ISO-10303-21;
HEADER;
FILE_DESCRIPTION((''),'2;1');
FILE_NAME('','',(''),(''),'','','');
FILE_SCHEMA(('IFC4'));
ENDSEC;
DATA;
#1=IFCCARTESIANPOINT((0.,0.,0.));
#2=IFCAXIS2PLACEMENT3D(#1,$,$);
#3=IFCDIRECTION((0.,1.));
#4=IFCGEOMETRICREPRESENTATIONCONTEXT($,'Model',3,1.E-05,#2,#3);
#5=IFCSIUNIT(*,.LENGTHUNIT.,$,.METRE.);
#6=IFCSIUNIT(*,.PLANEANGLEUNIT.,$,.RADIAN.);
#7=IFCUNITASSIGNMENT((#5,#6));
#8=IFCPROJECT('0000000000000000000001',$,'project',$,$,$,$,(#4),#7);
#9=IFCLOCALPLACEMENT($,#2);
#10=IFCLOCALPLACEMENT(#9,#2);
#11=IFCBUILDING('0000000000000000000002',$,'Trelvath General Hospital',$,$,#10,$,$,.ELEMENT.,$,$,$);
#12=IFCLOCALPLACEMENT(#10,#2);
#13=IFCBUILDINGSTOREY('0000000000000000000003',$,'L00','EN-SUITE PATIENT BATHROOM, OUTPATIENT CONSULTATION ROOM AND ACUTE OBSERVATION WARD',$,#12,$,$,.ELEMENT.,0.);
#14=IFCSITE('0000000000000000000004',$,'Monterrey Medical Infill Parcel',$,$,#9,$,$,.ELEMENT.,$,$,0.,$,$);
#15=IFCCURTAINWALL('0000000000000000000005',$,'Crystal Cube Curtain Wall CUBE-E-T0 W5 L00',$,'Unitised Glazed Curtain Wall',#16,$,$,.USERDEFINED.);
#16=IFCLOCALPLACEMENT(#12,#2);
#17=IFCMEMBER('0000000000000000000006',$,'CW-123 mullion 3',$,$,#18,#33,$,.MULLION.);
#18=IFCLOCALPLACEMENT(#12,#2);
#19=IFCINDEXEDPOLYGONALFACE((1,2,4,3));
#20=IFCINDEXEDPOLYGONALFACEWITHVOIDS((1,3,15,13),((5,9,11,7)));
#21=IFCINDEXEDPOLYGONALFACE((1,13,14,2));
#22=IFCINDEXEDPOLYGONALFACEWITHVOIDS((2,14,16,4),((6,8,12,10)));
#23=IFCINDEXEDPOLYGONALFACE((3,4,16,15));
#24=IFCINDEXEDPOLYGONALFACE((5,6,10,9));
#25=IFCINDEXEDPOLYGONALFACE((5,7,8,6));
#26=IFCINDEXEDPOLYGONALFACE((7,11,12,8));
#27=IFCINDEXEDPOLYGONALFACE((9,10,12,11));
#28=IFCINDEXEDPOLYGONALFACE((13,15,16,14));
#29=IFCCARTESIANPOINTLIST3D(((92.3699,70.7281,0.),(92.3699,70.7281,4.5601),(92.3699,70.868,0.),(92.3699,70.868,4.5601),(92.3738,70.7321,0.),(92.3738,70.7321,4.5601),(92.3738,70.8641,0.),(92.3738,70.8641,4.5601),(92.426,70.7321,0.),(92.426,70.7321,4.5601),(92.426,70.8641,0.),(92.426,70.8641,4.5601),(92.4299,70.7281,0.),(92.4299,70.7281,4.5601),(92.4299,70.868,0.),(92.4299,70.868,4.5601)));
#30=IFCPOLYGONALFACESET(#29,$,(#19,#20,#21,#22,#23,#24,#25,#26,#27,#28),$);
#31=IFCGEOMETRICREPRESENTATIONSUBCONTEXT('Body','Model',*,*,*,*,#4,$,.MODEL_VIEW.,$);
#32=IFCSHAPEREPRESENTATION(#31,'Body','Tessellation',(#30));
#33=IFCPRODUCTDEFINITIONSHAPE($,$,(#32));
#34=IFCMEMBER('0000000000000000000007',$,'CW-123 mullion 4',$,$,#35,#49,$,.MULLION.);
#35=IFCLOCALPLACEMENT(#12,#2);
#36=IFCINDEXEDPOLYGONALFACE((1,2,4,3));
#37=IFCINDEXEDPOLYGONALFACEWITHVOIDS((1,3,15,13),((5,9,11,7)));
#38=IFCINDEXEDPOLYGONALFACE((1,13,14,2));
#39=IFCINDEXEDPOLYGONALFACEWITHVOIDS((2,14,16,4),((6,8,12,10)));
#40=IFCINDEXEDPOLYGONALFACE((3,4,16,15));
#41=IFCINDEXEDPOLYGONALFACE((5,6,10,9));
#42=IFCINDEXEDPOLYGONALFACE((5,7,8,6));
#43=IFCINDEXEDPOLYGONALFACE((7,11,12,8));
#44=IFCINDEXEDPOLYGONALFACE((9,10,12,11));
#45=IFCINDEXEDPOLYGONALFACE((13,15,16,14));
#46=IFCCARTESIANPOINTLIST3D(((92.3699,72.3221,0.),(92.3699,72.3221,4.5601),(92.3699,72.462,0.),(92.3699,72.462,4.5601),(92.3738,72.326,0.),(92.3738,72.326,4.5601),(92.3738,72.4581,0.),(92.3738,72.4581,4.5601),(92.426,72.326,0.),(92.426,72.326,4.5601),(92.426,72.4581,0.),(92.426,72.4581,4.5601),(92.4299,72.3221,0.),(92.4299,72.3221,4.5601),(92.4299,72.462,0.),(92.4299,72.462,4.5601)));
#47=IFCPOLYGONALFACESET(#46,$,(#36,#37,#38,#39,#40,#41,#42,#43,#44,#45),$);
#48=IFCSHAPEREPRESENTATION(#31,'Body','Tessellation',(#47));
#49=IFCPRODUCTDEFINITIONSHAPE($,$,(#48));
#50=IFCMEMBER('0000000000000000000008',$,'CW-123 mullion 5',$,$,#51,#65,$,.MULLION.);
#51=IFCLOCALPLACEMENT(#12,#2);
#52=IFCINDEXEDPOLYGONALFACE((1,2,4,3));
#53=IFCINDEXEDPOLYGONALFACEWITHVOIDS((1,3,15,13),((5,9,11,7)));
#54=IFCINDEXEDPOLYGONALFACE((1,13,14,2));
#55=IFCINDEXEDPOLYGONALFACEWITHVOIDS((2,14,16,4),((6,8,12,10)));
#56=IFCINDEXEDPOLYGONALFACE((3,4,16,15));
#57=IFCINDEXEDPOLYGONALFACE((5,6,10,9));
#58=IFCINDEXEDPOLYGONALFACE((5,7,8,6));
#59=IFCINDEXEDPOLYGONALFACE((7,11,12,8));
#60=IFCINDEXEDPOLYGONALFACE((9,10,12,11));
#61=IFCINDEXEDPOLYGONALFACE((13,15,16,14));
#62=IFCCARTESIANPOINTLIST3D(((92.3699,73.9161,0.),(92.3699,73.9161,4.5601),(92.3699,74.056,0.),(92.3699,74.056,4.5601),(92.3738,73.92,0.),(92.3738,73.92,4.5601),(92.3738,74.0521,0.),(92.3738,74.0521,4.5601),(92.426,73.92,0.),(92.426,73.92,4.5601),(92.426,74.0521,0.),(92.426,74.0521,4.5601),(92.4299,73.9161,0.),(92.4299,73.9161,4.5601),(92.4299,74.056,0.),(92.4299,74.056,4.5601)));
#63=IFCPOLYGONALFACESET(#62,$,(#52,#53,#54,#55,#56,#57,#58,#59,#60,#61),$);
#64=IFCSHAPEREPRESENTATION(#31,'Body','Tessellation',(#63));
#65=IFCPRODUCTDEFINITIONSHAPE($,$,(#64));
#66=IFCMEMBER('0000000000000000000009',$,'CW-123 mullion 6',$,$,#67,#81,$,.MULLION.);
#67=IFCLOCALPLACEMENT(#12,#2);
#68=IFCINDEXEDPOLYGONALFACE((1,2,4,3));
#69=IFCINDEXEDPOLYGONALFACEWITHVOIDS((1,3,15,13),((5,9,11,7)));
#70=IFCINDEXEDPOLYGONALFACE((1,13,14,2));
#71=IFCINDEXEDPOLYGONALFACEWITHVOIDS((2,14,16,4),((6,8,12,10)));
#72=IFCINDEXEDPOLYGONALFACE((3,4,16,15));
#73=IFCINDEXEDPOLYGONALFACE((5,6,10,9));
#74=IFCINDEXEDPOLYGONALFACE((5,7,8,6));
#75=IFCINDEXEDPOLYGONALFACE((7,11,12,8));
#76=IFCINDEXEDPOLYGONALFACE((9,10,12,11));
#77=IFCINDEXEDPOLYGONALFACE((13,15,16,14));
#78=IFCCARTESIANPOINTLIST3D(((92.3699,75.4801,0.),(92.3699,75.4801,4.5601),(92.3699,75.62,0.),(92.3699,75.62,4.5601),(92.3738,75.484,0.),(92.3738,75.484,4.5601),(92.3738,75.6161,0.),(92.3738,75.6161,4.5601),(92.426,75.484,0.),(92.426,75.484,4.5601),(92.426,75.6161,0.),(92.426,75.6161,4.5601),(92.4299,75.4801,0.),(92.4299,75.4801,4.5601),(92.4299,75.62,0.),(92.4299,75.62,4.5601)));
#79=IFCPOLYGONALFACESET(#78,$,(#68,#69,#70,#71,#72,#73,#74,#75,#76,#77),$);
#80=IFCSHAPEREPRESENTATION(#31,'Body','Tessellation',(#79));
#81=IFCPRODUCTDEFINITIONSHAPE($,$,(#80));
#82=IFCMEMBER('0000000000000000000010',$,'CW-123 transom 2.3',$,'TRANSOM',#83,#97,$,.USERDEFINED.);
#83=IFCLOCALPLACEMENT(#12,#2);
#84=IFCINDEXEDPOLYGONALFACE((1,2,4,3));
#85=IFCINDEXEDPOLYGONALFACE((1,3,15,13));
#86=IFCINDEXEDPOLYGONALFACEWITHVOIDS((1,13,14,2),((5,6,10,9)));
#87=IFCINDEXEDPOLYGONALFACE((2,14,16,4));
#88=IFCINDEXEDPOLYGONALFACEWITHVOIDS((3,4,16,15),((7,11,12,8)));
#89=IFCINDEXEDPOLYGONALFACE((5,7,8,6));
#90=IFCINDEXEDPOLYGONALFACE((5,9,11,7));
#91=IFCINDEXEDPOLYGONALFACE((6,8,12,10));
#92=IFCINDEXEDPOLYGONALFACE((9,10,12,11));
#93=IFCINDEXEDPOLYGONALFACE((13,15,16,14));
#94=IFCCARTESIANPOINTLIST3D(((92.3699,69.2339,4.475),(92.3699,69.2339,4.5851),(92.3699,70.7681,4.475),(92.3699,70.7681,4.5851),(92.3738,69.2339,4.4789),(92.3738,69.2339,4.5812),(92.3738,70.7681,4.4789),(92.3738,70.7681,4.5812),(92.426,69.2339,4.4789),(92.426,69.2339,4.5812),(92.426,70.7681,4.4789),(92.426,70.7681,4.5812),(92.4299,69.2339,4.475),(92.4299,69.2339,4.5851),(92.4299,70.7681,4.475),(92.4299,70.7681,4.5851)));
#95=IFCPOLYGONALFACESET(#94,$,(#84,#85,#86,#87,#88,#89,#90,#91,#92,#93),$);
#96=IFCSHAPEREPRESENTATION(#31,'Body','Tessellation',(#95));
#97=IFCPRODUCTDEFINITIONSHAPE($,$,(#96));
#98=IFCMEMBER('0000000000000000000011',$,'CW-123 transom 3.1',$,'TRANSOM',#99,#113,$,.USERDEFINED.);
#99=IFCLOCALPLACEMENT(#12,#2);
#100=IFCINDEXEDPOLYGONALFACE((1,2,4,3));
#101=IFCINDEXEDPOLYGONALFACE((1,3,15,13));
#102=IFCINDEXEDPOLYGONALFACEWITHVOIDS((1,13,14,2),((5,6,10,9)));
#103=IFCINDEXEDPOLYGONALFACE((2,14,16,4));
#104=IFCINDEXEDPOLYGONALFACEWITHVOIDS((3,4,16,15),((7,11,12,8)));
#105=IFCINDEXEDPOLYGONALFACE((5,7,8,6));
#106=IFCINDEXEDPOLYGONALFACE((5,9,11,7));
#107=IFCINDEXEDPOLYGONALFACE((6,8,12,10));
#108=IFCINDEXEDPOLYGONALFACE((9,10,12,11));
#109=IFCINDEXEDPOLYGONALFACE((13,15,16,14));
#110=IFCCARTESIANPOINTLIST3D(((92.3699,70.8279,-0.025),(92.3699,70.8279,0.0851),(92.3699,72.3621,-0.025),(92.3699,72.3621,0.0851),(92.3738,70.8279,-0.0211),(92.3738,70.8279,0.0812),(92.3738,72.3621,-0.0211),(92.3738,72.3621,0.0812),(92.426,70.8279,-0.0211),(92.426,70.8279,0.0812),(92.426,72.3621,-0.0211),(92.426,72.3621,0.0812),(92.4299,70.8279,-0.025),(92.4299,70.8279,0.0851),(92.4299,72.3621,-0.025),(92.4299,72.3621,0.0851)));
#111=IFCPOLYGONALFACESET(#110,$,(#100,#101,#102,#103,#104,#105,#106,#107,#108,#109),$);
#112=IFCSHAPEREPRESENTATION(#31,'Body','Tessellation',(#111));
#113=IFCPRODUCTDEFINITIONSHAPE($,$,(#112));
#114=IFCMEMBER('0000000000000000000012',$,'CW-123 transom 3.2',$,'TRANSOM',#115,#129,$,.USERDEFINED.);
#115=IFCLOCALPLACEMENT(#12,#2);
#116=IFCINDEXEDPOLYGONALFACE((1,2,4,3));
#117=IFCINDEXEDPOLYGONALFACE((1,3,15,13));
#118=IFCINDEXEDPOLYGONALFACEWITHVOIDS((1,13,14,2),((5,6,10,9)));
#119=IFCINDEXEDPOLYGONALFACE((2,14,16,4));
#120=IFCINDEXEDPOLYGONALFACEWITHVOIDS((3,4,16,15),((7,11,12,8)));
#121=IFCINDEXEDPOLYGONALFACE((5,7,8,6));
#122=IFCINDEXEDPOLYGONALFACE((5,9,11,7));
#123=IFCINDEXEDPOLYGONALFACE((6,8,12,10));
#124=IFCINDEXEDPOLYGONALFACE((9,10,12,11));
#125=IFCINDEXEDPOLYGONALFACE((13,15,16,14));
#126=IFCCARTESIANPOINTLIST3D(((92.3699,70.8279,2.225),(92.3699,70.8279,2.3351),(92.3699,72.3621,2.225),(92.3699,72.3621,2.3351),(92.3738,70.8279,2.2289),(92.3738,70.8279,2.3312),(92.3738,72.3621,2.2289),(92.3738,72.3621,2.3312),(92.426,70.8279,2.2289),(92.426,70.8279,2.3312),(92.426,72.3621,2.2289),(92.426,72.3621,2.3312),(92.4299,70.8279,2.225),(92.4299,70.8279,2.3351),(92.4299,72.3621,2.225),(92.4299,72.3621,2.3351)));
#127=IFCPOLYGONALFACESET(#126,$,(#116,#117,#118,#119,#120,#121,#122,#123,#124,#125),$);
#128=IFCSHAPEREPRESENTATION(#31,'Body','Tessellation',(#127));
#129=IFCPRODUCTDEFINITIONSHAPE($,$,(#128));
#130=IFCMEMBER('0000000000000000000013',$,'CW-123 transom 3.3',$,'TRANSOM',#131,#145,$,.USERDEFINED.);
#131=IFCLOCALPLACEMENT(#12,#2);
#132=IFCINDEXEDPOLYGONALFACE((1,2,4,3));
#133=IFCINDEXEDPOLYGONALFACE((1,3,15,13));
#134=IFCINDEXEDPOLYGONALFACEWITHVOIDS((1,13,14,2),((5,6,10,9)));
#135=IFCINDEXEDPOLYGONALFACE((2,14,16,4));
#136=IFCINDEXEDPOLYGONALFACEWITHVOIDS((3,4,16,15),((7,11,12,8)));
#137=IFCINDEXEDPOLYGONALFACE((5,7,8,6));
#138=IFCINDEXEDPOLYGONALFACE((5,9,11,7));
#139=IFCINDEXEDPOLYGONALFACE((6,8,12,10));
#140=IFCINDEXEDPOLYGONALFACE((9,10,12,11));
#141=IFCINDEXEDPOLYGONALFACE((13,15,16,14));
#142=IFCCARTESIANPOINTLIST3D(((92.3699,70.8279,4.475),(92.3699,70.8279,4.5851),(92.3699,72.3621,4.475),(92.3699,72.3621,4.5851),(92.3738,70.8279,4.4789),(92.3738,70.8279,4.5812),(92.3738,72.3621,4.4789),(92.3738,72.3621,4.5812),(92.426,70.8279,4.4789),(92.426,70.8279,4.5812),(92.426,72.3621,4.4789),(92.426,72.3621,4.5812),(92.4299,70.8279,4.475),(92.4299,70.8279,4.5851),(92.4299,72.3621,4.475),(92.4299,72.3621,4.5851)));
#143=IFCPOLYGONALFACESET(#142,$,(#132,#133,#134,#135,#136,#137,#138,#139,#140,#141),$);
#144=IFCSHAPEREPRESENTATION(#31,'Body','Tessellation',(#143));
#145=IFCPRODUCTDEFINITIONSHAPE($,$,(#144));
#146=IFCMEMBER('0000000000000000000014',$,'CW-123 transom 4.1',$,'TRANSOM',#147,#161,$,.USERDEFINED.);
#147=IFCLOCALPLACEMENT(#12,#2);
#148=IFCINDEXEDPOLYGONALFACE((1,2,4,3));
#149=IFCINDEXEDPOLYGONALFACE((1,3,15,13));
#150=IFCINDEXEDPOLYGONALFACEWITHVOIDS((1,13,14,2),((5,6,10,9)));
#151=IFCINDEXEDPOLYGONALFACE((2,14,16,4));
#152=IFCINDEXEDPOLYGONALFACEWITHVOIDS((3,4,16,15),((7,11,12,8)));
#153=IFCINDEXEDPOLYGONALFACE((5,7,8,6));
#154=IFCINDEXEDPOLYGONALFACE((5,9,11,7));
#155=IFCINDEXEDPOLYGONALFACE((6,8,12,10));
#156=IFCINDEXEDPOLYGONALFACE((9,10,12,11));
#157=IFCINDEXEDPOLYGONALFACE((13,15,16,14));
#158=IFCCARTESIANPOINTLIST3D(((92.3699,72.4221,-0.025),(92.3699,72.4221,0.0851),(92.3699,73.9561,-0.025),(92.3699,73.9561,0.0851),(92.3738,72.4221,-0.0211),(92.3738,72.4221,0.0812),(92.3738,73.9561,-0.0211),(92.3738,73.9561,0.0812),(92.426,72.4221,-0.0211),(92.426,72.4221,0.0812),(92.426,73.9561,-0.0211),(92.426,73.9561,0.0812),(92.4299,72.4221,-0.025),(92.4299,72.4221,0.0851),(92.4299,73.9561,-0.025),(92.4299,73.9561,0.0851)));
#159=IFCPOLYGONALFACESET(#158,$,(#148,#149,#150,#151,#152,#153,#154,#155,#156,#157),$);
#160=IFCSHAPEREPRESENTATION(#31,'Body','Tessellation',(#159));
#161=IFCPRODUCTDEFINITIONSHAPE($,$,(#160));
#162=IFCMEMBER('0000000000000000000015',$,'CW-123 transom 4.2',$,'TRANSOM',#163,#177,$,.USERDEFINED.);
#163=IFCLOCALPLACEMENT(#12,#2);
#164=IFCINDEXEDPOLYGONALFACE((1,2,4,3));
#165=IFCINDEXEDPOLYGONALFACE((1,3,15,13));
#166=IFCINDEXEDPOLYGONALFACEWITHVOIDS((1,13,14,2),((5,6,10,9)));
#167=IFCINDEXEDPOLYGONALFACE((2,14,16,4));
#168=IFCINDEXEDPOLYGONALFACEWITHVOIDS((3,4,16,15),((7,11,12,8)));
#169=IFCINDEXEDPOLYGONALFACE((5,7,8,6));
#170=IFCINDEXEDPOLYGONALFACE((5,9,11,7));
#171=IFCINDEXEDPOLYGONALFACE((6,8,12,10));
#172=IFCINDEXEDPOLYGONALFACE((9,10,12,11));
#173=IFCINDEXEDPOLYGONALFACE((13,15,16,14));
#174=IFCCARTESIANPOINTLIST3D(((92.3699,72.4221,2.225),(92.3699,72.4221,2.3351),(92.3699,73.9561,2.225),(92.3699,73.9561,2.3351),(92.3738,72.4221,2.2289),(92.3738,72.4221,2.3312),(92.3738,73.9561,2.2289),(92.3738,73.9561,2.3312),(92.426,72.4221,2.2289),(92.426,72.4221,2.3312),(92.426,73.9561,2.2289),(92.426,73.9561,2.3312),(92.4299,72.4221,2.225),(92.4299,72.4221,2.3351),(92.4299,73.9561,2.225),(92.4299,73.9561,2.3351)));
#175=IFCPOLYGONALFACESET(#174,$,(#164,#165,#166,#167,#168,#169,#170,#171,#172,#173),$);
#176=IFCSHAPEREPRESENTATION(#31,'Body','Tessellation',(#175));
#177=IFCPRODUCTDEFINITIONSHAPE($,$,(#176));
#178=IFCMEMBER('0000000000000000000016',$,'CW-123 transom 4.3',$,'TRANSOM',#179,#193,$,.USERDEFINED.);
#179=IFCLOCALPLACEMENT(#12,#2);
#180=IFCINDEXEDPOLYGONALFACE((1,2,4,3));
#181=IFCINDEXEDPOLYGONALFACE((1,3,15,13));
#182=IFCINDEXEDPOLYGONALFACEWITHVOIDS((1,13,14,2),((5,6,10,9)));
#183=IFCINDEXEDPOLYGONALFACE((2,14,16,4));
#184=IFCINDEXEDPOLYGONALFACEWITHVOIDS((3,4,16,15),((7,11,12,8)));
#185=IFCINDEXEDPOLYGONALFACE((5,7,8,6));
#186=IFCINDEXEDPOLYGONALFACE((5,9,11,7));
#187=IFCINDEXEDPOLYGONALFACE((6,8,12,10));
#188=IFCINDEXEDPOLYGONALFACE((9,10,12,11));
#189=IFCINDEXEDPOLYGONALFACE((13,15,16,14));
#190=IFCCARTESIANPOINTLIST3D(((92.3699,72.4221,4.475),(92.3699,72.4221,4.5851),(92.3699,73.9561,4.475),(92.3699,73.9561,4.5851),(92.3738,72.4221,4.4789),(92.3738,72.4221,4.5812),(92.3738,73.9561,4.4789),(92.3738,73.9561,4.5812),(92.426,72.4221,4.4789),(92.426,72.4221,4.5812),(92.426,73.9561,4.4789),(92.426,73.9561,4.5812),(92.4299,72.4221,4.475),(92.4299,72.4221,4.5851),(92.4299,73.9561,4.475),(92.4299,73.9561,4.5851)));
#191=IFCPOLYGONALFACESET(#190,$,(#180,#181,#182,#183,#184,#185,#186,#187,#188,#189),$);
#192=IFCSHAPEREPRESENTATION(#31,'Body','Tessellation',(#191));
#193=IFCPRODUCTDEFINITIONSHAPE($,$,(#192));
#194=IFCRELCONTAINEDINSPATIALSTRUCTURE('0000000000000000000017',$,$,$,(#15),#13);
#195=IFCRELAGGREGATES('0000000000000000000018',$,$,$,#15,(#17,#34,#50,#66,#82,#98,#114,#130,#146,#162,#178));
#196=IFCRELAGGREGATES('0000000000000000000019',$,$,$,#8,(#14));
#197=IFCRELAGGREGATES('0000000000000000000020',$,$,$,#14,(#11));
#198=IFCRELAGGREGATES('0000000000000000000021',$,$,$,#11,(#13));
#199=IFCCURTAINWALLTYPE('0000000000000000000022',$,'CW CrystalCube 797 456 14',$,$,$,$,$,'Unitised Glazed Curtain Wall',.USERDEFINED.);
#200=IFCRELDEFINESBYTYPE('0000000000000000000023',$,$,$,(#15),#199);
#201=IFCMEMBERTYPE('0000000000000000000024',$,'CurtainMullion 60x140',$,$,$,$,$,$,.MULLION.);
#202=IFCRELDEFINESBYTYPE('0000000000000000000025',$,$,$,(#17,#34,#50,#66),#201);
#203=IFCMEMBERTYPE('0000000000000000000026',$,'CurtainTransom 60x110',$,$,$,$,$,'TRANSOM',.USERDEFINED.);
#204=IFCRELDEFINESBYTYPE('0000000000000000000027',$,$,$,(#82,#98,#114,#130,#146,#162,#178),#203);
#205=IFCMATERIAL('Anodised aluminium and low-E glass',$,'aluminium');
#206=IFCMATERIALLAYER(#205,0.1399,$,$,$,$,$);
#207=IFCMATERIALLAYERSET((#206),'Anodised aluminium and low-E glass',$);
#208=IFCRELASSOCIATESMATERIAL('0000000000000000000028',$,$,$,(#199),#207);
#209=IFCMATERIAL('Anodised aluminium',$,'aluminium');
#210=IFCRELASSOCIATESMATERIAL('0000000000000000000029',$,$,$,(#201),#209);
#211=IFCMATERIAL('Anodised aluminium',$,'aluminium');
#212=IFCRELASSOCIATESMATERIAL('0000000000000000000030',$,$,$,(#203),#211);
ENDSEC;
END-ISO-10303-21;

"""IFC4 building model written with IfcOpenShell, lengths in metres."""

from ifc_helpers import new_model, si_unit, direction, frame, origin, origin_2d, place, context, subcontext, project, spatial, hollow_rectangle, extrude, material, layer, layer_set, material_profile, profile_set, type_object, element, aggregate, save


model = new_model("IFC4")

# Units and contexts
model_context = context("Model", 3, precision=1e-05, world=origin(), true_north=direction((0.0, 1.0)))
body_context = subcontext(model_context, "Body", "Model", "MODEL_VIEW")
ifc_project = project(units=[si_unit("LENGTHUNIT", "METRE"), si_unit("PLANEANGLEUNIT", "RADIAN")], contexts=[model_context])

# Site, building, storey
site_placement = place(None, origin())
site = spatial("IfcSite", under=ifc_project, at=site_placement, Name="Monterrey Medical Infill Parcel", CompositionType="ELEMENT", RefElevation=0.0)
building_placement = place(site_placement, origin())
building = spatial("IfcBuilding", under=site, at=building_placement, Name="Trelvath General Hospital", CompositionType="ELEMENT")
storey_placement = place(building_placement, origin())
storey = spatial("IfcBuildingStorey", under=building, at=storey_placement, Name="L00", Description="EN-SUITE PATIENT BATHROOM, OUTPATIENT CONSULTATION ROOM AND ACUTE OBSERVATION WARD", CompositionType="ELEMENT", Elevation=0.0)

# Curtain wall, members
ifc_material_1 = material(Name="Anodised aluminium and low-E glass", Category="aluminium")
ifc_layer_1 = layer(ifc_material_1, 0.1399)
ifc_layer_set_1 = layer_set([ifc_layer_1], Name="Anodised aluminium and low-E glass")
curtain_wall_type = type_object("IfcCurtainWallType", Name="CW CrystalCube 797 456 14", ElementType="Unitised Glazed Curtain Wall", PredefinedType="USERDEFINED", material=ifc_layer_set_1)
curtain_wall_placement = place(storey_placement, origin())
curtain_wall = element("IfcCurtainWall", 1, at=curtain_wall_placement, inside=storey, type_object=curtain_wall_type, Name="Crystal Cube Curtain Wall CUBE-E-T0 W5 L00", ObjectType="Unitised Glazed Curtain Wall", PredefinedType="USERDEFINED")
ifc_material_2 = material(Name="Anodised aluminium", Category="aluminium")
ifc_material_profile_1 = material_profile(ifc_material_2, hollow_rectangle(XDim=0.0601, YDim=0.1399, WallThickness=0.0039, at=origin_2d()), Name="RHS60x140x4")
ifc_profile_set_1 = profile_set([ifc_material_profile_1], Name="Anodised aluminium")
member_type_1 = type_object("IfcMemberType", Name="CurtainMullion 60x140", PredefinedType="MULLION", material=ifc_profile_set_1)
member_1_placement = place(storey_placement, frame((92.3999, 70.7981, 0.0), z_axis=(0.0, 0.0, 1.0), x_axis=(-1.0, 0.0, 0.0)))
member_1 = element("IfcMember", 2, at=member_1_placement, type_object=member_type_1, Name="CW-123 mullion 3", PredefinedType="MULLION", context=body_context, shape_type="SweptSolid", body=[
    extrude(hollow_rectangle(XDim=0.0601, YDim=0.1399, WallThickness=0.0039, at=origin_2d()), origin(), (0.0, 0.0, 1.0), 4.5601),
])
member_2_placement = place(storey_placement, frame((92.3999, 72.3921, 0.0), z_axis=(0.0, 0.0, 1.0), x_axis=(-1.0, 0.0, 0.0)))
member_2 = element("IfcMember", 3, at=member_2_placement, type_object=member_type_1, Name="CW-123 mullion 4", PredefinedType="MULLION", context=body_context, shape_type="SweptSolid", body=[
    extrude(hollow_rectangle(XDim=0.0601, YDim=0.1399, WallThickness=0.0039, at=origin_2d()), origin(), (0.0, 0.0, 1.0), 4.5601),
])
member_3_placement = place(storey_placement, frame((92.3999, 73.9861, 0.0), z_axis=(0.0, 0.0, 1.0), x_axis=(-1.0, 0.0, 0.0)))
member_3 = element("IfcMember", 4, at=member_3_placement, type_object=member_type_1, Name="CW-123 mullion 5", PredefinedType="MULLION", context=body_context, shape_type="SweptSolid", body=[
    extrude(hollow_rectangle(XDim=0.0601, YDim=0.1399, WallThickness=0.0039, at=origin_2d()), origin(), (0.0, 0.0, 1.0), 4.5601),
])
member_4_placement = place(storey_placement, frame((92.3999, 75.55, 0.0), z_axis=(0.0, 0.0, 1.0), x_axis=(-1.0, 0.0, 0.0)))
member_4 = element("IfcMember", 5, at=member_4_placement, type_object=member_type_1, Name="CW-123 mullion 6", PredefinedType="MULLION", context=body_context, shape_type="SweptSolid", body=[
    extrude(hollow_rectangle(XDim=0.0601, YDim=0.1399, WallThickness=0.0039, at=origin_2d()), origin(), (0.0, 0.0, 1.0), 4.5601),
])
ifc_material_3 = material(Name="Anodised aluminium", Category="aluminium")
ifc_material_profile_2 = material_profile(ifc_material_3, hollow_rectangle(XDim=0.0601, YDim=0.1101, WallThickness=0.0039, at=origin_2d()), Name="RHS60x110x4")
ifc_profile_set_2 = profile_set([ifc_material_profile_2], Name="Anodised aluminium")
member_type_2 = type_object("IfcMemberType", Name="CurtainTransom 60x110", ElementType="TRANSOM", PredefinedType="USERDEFINED", material=ifc_profile_set_2)
member_5_placement = place(storey_placement, frame((92.3999, 69.2339, 4.53), z_axis=(0.0, 1.0, 0.0), x_axis=(-1.0, 0.0, 0.0)))
member_5 = element("IfcMember", 6, at=member_5_placement, type_object=member_type_2, Name="CW-123 transom 2.3", ObjectType="TRANSOM", PredefinedType="USERDEFINED", context=body_context, shape_type="SweptSolid", body=[
    extrude(hollow_rectangle(XDim=0.0601, YDim=0.1101, WallThickness=0.0039, at=origin_2d()), origin(), (0.0, 0.0, 1.0), 1.5342),
])
member_6_placement = place(storey_placement, frame((92.3999, 70.8279, 0.03), z_axis=(0.0, 1.0, 0.0), x_axis=(-1.0, 0.0, 0.0)))
member_6 = element("IfcMember", 7, at=member_6_placement, type_object=member_type_2, Name="CW-123 transom 3.1", ObjectType="TRANSOM", PredefinedType="USERDEFINED", context=body_context, shape_type="SweptSolid", body=[
    extrude(hollow_rectangle(XDim=0.0601, YDim=0.1101, WallThickness=0.0039, at=origin_2d()), origin(), (0.0, 0.0, 1.0), 1.5342),
])
member_7_placement = place(storey_placement, frame((92.3999, 70.8279, 2.28), z_axis=(0.0, 1.0, 0.0), x_axis=(-1.0, 0.0, 0.0)))
member_7 = element("IfcMember", 8, at=member_7_placement, type_object=member_type_2, Name="CW-123 transom 3.2", ObjectType="TRANSOM", PredefinedType="USERDEFINED", context=body_context, shape_type="SweptSolid", body=[
    extrude(hollow_rectangle(XDim=0.0601, YDim=0.1101, WallThickness=0.0039, at=origin_2d()), origin(), (0.0, 0.0, 1.0), 1.5342),
])
member_8_placement = place(storey_placement, frame((92.3999, 70.8279, 4.53), z_axis=(0.0, 1.0, 0.0), x_axis=(-1.0, 0.0, 0.0)))
member_8 = element("IfcMember", 9, at=member_8_placement, type_object=member_type_2, Name="CW-123 transom 3.3", ObjectType="TRANSOM", PredefinedType="USERDEFINED", context=body_context, shape_type="SweptSolid", body=[
    extrude(hollow_rectangle(XDim=0.0601, YDim=0.1101, WallThickness=0.0039, at=origin_2d()), origin(), (0.0, 0.0, 1.0), 1.5342),
])
member_9_placement = place(storey_placement, frame((92.3999, 72.4221, 0.03), z_axis=(0.0, 1.0, 0.0), x_axis=(-1.0, 0.0, 0.0)))
member_9 = element("IfcMember", 10, at=member_9_placement, type_object=member_type_2, Name="CW-123 transom 4.1", ObjectType="TRANSOM", PredefinedType="USERDEFINED", context=body_context, shape_type="SweptSolid", body=[
    extrude(hollow_rectangle(XDim=0.0601, YDim=0.1101, WallThickness=0.0039, at=origin_2d()), origin(), (0.0, 0.0, 1.0), 1.5339),
])
member_10_placement = place(storey_placement, frame((92.3999, 72.4221, 2.28), z_axis=(0.0, 1.0, 0.0), x_axis=(-1.0, 0.0, 0.0)))
member_10 = element("IfcMember", 11, at=member_10_placement, type_object=member_type_2, Name="CW-123 transom 4.2", ObjectType="TRANSOM", PredefinedType="USERDEFINED", context=body_context, shape_type="SweptSolid", body=[
    extrude(hollow_rectangle(XDim=0.0601, YDim=0.1101, WallThickness=0.0039, at=origin_2d()), origin(), (0.0, 0.0, 1.0), 1.5339),
])
member_11_placement = place(storey_placement, frame((92.3999, 72.4221, 4.53), z_axis=(0.0, 1.0, 0.0), x_axis=(-1.0, 0.0, 0.0)))
member_11 = element("IfcMember", 12, at=member_11_placement, type_object=member_type_2, Name="CW-123 transom 4.3", ObjectType="TRANSOM", PredefinedType="USERDEFINED", context=body_context, shape_type="SweptSolid", body=[
    extrude(hollow_rectangle(XDim=0.0601, YDim=0.1101, WallThickness=0.0039, at=origin_2d()), origin(), (0.0, 0.0, 1.0), 1.5339),
])
aggregate(curtain_wall, [member_1, member_2, member_3, member_4, member_5, member_6, member_7, member_8, member_9, member_10, member_11])

save(model, "model.ifc")
